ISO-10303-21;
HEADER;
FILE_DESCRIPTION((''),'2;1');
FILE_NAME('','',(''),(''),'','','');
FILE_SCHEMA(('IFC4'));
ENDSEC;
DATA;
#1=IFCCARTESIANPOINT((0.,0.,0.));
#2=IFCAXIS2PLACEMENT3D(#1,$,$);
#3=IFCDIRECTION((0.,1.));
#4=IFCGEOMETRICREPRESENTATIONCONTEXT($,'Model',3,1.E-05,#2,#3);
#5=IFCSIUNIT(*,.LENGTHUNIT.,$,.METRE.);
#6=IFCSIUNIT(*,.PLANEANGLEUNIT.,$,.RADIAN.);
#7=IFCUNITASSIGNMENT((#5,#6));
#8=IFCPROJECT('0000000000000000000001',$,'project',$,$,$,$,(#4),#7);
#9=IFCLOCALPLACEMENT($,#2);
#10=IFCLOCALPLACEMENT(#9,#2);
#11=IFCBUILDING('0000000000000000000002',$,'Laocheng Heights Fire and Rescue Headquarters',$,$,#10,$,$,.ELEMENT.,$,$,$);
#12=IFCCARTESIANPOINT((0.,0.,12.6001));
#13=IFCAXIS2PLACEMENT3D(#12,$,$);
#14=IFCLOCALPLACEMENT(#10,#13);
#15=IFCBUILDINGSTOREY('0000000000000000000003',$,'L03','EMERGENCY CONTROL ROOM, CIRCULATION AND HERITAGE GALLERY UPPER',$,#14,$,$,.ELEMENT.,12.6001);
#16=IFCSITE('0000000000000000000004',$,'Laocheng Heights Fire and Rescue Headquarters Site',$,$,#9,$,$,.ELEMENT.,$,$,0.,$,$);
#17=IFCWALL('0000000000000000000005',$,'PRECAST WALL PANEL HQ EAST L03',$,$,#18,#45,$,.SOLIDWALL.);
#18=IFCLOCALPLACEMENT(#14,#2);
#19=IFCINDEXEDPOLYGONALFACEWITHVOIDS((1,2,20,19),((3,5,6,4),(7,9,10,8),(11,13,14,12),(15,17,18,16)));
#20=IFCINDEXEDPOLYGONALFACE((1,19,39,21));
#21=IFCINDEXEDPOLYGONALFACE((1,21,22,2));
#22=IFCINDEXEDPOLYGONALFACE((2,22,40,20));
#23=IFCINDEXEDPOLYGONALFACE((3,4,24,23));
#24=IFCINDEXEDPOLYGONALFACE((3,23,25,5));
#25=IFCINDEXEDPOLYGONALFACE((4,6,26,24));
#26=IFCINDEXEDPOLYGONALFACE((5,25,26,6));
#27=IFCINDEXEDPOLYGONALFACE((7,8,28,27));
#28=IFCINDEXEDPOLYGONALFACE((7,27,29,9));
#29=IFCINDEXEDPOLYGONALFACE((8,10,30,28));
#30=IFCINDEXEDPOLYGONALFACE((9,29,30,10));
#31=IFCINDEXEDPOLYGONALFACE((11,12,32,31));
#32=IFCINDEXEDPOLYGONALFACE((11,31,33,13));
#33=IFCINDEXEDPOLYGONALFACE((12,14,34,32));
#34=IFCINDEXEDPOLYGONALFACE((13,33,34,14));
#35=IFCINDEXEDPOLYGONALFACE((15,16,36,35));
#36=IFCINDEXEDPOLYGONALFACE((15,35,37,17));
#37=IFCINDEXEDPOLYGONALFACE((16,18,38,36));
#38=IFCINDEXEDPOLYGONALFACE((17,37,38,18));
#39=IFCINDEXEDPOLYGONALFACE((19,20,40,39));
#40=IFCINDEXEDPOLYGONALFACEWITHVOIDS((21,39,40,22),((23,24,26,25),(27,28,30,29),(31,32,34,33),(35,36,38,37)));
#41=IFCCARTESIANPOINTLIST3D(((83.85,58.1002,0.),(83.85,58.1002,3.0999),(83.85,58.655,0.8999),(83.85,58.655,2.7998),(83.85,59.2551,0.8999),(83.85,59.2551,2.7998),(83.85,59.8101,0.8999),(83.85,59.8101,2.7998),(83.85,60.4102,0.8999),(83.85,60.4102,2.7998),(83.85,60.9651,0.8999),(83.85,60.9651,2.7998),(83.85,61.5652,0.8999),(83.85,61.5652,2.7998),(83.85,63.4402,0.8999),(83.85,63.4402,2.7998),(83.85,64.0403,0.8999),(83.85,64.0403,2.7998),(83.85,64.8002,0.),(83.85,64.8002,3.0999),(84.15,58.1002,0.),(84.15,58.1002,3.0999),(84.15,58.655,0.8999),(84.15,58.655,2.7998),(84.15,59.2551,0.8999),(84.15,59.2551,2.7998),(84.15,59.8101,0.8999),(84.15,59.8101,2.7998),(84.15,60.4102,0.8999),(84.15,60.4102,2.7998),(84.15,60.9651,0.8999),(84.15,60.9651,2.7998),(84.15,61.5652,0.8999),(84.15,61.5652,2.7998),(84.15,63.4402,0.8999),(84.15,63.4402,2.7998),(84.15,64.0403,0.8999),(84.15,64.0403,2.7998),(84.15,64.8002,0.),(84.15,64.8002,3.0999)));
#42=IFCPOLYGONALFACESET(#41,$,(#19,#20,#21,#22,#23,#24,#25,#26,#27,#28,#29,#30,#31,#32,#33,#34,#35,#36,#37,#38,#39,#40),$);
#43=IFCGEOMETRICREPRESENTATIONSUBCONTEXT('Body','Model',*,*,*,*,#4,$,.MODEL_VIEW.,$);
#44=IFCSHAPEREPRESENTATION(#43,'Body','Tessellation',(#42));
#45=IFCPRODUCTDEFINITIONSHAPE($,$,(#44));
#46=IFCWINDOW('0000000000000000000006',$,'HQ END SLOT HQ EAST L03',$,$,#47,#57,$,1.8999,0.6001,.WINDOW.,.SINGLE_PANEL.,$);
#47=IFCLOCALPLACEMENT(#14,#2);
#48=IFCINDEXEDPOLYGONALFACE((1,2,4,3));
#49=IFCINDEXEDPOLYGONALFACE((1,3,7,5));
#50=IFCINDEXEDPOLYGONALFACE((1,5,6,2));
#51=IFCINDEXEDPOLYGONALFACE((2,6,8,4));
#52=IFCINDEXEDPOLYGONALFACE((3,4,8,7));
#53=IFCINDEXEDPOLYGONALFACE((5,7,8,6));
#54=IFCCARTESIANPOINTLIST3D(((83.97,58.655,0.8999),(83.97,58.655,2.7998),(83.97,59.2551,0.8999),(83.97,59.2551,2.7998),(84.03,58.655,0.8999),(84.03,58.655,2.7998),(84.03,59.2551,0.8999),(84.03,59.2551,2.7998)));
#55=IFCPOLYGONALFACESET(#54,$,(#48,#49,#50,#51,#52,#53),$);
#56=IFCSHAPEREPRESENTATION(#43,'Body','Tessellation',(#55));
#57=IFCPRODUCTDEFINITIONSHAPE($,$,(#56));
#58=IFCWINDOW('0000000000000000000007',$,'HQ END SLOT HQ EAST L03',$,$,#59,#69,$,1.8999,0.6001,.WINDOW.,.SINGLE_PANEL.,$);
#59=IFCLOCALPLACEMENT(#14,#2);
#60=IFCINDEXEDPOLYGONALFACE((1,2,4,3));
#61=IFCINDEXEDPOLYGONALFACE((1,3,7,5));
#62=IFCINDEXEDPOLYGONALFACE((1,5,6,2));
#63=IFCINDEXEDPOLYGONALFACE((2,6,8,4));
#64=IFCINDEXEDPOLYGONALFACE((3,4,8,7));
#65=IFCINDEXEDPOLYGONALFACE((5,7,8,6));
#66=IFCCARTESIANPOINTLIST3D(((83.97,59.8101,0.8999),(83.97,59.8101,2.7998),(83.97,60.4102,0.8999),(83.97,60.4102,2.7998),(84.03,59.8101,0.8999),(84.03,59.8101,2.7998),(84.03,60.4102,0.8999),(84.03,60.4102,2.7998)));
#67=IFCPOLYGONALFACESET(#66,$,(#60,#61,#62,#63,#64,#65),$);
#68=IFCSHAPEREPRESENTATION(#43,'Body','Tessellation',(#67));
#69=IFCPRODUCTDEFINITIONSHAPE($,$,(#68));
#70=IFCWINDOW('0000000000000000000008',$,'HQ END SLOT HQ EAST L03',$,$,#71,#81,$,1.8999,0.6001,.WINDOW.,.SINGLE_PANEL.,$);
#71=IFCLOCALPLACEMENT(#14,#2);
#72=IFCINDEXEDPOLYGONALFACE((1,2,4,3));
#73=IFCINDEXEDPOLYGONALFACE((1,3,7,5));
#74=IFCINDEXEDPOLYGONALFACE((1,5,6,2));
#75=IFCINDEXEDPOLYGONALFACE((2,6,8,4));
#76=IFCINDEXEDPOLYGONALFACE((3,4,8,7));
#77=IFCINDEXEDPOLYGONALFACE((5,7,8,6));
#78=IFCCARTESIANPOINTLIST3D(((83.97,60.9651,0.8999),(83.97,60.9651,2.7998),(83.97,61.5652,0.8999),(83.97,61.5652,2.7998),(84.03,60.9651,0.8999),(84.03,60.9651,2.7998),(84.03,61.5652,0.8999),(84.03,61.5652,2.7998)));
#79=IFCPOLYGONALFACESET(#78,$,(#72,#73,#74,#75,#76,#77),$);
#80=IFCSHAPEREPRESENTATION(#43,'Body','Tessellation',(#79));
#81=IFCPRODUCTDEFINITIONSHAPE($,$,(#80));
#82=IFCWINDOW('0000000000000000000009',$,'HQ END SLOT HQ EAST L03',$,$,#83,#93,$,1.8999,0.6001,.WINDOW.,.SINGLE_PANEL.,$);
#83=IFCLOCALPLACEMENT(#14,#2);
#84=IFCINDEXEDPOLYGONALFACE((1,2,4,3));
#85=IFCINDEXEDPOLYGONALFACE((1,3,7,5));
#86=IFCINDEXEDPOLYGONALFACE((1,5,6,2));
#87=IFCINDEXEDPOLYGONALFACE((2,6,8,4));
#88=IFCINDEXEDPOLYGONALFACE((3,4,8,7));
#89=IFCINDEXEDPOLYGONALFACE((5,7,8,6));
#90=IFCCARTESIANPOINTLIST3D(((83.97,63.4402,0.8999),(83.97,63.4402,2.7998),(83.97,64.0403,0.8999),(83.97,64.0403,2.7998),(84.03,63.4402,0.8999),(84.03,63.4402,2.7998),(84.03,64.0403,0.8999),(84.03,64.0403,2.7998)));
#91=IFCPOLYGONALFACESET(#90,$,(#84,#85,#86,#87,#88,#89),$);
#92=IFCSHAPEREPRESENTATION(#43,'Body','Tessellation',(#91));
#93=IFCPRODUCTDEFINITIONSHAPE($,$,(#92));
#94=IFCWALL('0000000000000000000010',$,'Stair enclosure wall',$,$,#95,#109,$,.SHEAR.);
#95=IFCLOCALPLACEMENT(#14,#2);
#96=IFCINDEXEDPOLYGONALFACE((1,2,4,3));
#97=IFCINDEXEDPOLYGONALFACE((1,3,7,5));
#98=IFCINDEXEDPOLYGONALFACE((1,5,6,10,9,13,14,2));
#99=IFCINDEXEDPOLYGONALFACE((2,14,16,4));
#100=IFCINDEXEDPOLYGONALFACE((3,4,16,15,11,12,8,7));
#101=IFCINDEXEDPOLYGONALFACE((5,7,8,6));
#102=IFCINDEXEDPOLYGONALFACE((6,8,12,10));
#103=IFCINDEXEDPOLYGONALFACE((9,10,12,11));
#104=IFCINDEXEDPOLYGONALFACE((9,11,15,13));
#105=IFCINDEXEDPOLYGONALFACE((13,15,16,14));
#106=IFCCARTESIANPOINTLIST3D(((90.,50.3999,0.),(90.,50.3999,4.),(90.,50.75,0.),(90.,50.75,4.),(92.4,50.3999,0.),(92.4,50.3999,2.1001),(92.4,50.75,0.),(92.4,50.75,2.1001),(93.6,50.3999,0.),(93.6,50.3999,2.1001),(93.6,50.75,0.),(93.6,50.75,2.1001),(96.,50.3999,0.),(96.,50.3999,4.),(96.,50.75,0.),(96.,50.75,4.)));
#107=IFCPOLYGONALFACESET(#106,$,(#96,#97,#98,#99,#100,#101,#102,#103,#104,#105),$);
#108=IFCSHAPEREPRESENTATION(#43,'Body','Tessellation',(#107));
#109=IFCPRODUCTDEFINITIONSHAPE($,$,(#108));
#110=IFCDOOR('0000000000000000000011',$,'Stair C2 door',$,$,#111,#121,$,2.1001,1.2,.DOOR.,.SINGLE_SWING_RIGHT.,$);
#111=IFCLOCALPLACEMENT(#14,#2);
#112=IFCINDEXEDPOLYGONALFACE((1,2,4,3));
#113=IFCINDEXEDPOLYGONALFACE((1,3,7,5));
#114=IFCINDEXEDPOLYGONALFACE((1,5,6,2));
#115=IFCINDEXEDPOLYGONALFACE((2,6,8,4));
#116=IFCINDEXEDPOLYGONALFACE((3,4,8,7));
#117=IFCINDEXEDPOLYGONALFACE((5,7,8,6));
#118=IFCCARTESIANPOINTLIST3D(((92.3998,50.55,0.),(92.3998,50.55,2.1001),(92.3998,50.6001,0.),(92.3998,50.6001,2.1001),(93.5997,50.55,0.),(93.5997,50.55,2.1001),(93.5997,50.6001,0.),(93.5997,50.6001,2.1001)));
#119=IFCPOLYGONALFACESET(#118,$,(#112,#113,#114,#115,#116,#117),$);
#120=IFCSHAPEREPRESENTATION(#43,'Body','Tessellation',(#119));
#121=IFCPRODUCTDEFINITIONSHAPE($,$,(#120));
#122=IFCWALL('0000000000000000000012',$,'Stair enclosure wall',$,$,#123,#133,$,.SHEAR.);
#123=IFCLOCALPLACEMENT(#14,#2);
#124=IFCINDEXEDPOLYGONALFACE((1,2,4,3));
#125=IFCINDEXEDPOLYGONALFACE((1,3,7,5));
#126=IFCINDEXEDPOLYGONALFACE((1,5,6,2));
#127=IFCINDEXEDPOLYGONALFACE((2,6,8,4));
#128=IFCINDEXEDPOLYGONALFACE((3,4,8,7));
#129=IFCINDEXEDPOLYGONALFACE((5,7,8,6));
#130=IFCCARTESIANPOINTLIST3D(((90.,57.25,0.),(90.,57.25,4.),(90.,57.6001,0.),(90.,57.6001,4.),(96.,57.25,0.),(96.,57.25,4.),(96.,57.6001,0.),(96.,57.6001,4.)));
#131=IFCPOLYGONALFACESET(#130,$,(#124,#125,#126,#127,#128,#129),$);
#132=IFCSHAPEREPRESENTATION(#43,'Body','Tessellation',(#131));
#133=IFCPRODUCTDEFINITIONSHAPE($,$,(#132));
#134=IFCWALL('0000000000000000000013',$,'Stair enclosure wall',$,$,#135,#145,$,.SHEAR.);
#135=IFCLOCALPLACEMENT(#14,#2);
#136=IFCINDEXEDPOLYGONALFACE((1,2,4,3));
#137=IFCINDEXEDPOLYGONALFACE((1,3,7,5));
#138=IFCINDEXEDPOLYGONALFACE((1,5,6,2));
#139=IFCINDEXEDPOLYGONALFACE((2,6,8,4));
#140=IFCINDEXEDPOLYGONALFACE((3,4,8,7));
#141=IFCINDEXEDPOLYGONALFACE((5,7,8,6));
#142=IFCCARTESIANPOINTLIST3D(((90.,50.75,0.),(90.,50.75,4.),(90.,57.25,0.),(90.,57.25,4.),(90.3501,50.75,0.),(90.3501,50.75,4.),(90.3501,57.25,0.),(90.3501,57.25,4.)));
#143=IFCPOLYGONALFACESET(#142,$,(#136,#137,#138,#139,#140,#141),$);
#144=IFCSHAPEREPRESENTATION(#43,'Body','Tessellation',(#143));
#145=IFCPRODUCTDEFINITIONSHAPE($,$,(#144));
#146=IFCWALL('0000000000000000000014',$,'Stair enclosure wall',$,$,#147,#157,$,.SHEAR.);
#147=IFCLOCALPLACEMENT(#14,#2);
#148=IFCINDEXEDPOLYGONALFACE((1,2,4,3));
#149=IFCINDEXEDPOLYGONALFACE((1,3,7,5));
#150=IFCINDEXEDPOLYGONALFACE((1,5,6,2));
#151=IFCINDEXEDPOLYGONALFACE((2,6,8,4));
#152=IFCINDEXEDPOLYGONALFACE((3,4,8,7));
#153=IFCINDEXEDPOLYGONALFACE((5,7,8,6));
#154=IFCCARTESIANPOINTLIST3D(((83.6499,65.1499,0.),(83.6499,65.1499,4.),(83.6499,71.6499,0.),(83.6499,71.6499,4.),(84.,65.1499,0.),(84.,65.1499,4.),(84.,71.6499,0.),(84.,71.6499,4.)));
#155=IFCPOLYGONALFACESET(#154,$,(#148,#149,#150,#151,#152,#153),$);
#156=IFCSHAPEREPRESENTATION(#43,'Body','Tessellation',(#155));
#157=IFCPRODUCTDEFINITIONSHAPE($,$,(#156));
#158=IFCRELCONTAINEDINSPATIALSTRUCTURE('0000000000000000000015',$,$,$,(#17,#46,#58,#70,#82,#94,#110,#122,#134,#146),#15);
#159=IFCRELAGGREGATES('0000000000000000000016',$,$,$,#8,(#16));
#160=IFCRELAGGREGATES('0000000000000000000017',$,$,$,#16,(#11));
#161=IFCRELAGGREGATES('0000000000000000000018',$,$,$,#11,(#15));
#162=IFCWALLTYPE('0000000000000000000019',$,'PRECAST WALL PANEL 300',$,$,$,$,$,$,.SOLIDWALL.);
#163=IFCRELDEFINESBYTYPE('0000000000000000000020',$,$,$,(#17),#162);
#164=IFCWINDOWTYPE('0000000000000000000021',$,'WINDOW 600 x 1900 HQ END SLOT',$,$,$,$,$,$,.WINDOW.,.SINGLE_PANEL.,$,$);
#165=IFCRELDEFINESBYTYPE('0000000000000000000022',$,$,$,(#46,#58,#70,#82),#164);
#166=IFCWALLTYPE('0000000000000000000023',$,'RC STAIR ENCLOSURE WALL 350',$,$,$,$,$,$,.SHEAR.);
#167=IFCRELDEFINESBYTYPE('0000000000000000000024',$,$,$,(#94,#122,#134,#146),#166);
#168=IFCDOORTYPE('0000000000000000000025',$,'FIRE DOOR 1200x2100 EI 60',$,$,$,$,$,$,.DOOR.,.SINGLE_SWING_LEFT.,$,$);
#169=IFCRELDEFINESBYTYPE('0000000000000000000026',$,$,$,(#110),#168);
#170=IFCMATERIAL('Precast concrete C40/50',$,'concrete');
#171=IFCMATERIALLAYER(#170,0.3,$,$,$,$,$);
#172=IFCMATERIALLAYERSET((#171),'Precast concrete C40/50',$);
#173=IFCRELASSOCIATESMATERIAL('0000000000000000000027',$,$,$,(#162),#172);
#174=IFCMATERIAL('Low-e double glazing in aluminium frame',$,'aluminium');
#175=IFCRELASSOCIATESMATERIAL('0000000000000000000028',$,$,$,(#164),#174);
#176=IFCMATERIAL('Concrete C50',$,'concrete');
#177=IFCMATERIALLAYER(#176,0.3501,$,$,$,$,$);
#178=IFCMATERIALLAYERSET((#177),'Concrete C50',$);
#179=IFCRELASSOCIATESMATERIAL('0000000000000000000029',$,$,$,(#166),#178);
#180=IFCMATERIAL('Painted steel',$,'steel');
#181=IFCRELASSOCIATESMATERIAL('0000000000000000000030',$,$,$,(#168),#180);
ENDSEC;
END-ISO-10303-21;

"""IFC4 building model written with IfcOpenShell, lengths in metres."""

from ifc_helpers import new_model, si_unit, direction, frame, frame_2d, origin, place, context, subcontext, project, spatial, rectangle, extrude, material, layer, layer_set, type_object, element, fill, save


model = new_model("IFC4")

# Units and contexts
model_context = context("Model", 3, precision=1e-05, world=origin(), true_north=direction((0.0, 1.0)))
body_context = subcontext(model_context, "Body", "Model", "MODEL_VIEW")
ifc_project = project(units=[si_unit("LENGTHUNIT", "METRE"), si_unit("PLANEANGLEUNIT", "RADIAN")], contexts=[model_context])

# Site, building, storey
site_placement = place(None, origin())
site = spatial("IfcSite", under=ifc_project, at=site_placement, Name="Laocheng Heights Fire and Rescue Headquarters Site", CompositionType="ELEMENT", RefElevation=0.0)
building_placement = place(site_placement, origin())
building = spatial("IfcBuilding", under=site, at=building_placement, Name="Laocheng Heights Fire and Rescue Headquarters", CompositionType="ELEMENT")
storey_placement = place(building_placement, frame((0.0, 0.0, 12.6001)))
storey = spatial("IfcBuildingStorey", under=building, at=storey_placement, Name="L03", Description="EMERGENCY CONTROL ROOM, CIRCULATION AND HERITAGE GALLERY UPPER", CompositionType="ELEMENT", Elevation=12.6001)

# Wall, openings, windows
ifc_material_1 = material(Name="Precast concrete C40/50", Category="concrete")
ifc_layer_1 = layer(ifc_material_1, 0.3)
ifc_layer_set_1 = layer_set([ifc_layer_1], Name="Precast concrete C40/50")
wall_type_1 = type_object("IfcWallType", Name="PRECAST WALL PANEL 300", PredefinedType="SOLIDWALL", material=ifc_layer_set_1)
ifc_material_2 = material(Name="Low-e double glazing in aluminium frame", Category="aluminium")
window_type = type_object("IfcWindowType", Name="WINDOW 600 x 1900 HQ END SLOT", PartitioningType="SINGLE_PANEL", PredefinedType="WINDOW", material=ifc_material_2)
wall_1_placement = place(storey_placement, frame((84.0, 58.1001, 0.0), z_axis=(0.0, 0.0, 1.0), x_axis=(0.0, 1.0, 0.0)))
wall_1 = element("IfcWall", 1, at=wall_1_placement, inside=storey, type_object=wall_type_1, Name="PRECAST WALL PANEL HQ EAST L03", PredefinedType="SOLIDWALL", context=body_context, shape_type="SweptSolid", body=[
    extrude(rectangle(XDim=6.7, YDim=0.3, at=frame_2d((3.3501, 0.0))), origin(), (0.0, 0.0, 1.0), 3.0999),
])
opening_1_placement = place(wall_1_placement, frame((0.5549, 0.0, 0.8999)))
opening_1 = element("IfcOpeningElement", 2, at=opening_1_placement, cuts=wall_1, PredefinedType="OPENING", context=body_context, shape_type="SweptSolid", body=[
    extrude(rectangle(XDim=0.6001, YDim=1.8999, at=frame_2d((0.3, 0.95))), frame((0.0, 0.1599, 0.0), z_axis=(0.0, -1.0, 0.0), x_axis=(1.0, 0.0, 0.0)), (0.0, 0.0, 1.0), 0.3201),
])
opening_2_placement = place(wall_1_placement, frame((1.71, 0.0, 0.8999)))
opening_2 = element("IfcOpeningElement", 3, at=opening_2_placement, cuts=wall_1, PredefinedType="OPENING", context=body_context, shape_type="SweptSolid", body=[
    extrude(rectangle(XDim=0.6001, YDim=1.8999, at=frame_2d((0.3, 0.95))), frame((0.0, 0.1599, 0.0), z_axis=(0.0, -1.0, 0.0), x_axis=(1.0, 0.0, 0.0)), (0.0, 0.0, 1.0), 0.3201),
])
opening_3_placement = place(wall_1_placement, frame((2.865, 0.0, 0.8999)))
opening_3 = element("IfcOpeningElement", 4, at=opening_3_placement, cuts=wall_1, PredefinedType="OPENING", context=body_context, shape_type="SweptSolid", body=[
    extrude(rectangle(XDim=0.6001, YDim=1.8999, at=frame_2d((0.3, 0.95))), frame((0.0, 0.1599, 0.0), z_axis=(0.0, -1.0, 0.0), x_axis=(1.0, 0.0, 0.0)), (0.0, 0.0, 1.0), 0.3201),
])
opening_4_placement = place(wall_1_placement, frame((5.3401, 0.0, 0.8999)))
opening_4 = element("IfcOpeningElement", 5, at=opening_4_placement, cuts=wall_1, PredefinedType="OPENING", context=body_context, shape_type="SweptSolid", body=[
    extrude(rectangle(XDim=0.6001, YDim=1.8999, at=frame_2d((0.3, 0.95))), frame((0.0, 0.1599, 0.0), z_axis=(0.0, -1.0, 0.0), x_axis=(1.0, 0.0, 0.0)), (0.0, 0.0, 1.0), 0.3201),
])
window_1_placement = place(opening_1_placement, origin())
window_1 = element("IfcWindow", 6, at=window_1_placement, inside=storey, type_object=window_type, Name="HQ END SLOT HQ EAST L03", OverallHeight=1.8999, OverallWidth=0.6001, PartitioningType="SINGLE_PANEL", PredefinedType="WINDOW", context=body_context, shape_type="SweptSolid", body=[
    extrude(rectangle(XDim=0.6001, YDim=1.8999, at=frame_2d((0.3, 0.95))), frame((0.0, 0.03, 0.0), z_axis=(0.0, -1.0, 0.0), x_axis=(1.0, 0.0, 0.0)), (0.0, 0.0, 1.0), 0.0601),
])
fill(opening_1, window_1)
window_2_placement = place(opening_2_placement, origin())
window_2 = element("IfcWindow", 7, at=window_2_placement, inside=storey, type_object=window_type, Name="HQ END SLOT HQ EAST L03", OverallHeight=1.8999, OverallWidth=0.6001, PartitioningType="SINGLE_PANEL", PredefinedType="WINDOW", context=body_context, shape_type="SweptSolid", body=[
    extrude(rectangle(XDim=0.6001, YDim=1.8999, at=frame_2d((0.3, 0.95))), frame((0.0, 0.03, 0.0), z_axis=(0.0, -1.0, 0.0), x_axis=(1.0, 0.0, 0.0)), (0.0, 0.0, 1.0), 0.0601),
])
fill(opening_2, window_2)
window_3_placement = place(opening_3_placement, origin())
window_3 = element("IfcWindow", 8, at=window_3_placement, inside=storey, type_object=window_type, Name="HQ END SLOT HQ EAST L03", OverallHeight=1.8999, OverallWidth=0.6001, PartitioningType="SINGLE_PANEL", PredefinedType="WINDOW", context=body_context, shape_type="SweptSolid", body=[
    extrude(rectangle(XDim=0.6001, YDim=1.8999, at=frame_2d((0.3, 0.95))), frame((0.0, 0.03, 0.0), z_axis=(0.0, -1.0, 0.0), x_axis=(1.0, 0.0, 0.0)), (0.0, 0.0, 1.0), 0.0601),
])
fill(opening_3, window_3)
window_4_placement = place(opening_4_placement, origin())
window_4 = element("IfcWindow", 9, at=window_4_placement, inside=storey, type_object=window_type, Name="HQ END SLOT HQ EAST L03", OverallHeight=1.8999, OverallWidth=0.6001, PartitioningType="SINGLE_PANEL", PredefinedType="WINDOW", context=body_context, shape_type="SweptSolid", body=[
    extrude(rectangle(XDim=0.6001, YDim=1.8999, at=frame_2d((0.3, 0.95))), frame((0.0, 0.03, 0.0), z_axis=(0.0, -1.0, 0.0), x_axis=(1.0, 0.0, 0.0)), (0.0, 0.0, 1.0), 0.0601),
])
fill(opening_4, window_4)

# Wall, opening, door
ifc_material_3 = material(Name="Concrete C50", Category="concrete")
ifc_layer_2 = layer(ifc_material_3, 0.3501)
ifc_layer_set_2 = layer_set([ifc_layer_2], Name="Concrete C50")
wall_type_2 = type_object("IfcWallType", Name="RC STAIR ENCLOSURE WALL 350", PredefinedType="SHEAR", material=ifc_layer_set_2)
wall_2_placement = place(storey_placement, frame((90.0, 50.575, 0.0), z_axis=(0.0, 0.0, 1.0), x_axis=(1.0, 0.0, 0.0)))
wall_2 = element("IfcWall", 10, at=wall_2_placement, inside=storey, type_object=wall_type_2, Name="Stair enclosure wall", PredefinedType="SHEAR", context=body_context, shape_type="SweptSolid", body=[
    extrude(rectangle(XDim=6.0, YDim=0.3501, at=frame_2d((3.0, 0.0))), origin(), (0.0, 0.0, 1.0), 4.0),
])
opening_5_placement = place(wall_2_placement, frame((2.3999, 0.0, 0.0)))
opening_5 = element("IfcOpeningElement", 11, at=opening_5_placement, cuts=wall_2, PredefinedType="OPENING", context=body_context, shape_type="SweptSolid", body=[
    extrude(rectangle(XDim=1.2, YDim=2.1001, at=frame_2d((0.6001, 1.05))), frame((0.0, 0.1851, 0.0), z_axis=(0.0, -1.0, 0.0), x_axis=(1.0, 0.0, 0.0)), (0.0, 0.0, 1.0), 0.3701),
])
ifc_material_4 = material(Name="Painted steel", Category="steel")
door_type = type_object("IfcDoorType", Name="FIRE DOOR 1200x2100 EI 60", OperationType="SINGLE_SWING_LEFT", PredefinedType="DOOR", material=ifc_material_4)
door_placement = place(opening_5_placement, frame((1.2, 0.0, 0.0), z_axis=(0.0, 0.0, 1.0), x_axis=(-1.0, 0.0, 0.0)))
door = element("IfcDoor", 12, at=door_placement, inside=storey, type_object=door_type, Name="Stair C2 door", OperationType="SINGLE_SWING_RIGHT", OverallHeight=2.1001, OverallWidth=1.2, PredefinedType="DOOR", context=body_context, shape_type="SweptSolid", body=[
    extrude(rectangle(XDim=1.2, YDim=2.1001, at=frame_2d((0.6001, 1.05))), frame((0.0, 0.0249, 0.0), z_axis=(0.0, -1.0, 0.0), x_axis=(1.0, 0.0, 0.0)), (0.0, 0.0, 1.0), 0.05),
])
fill(opening_5, door)

# Walls
wall_3_placement = place(storey_placement, frame((90.0, 57.425, 0.0), z_axis=(0.0, 0.0, 1.0), x_axis=(1.0, 0.0, 0.0)))
element("IfcWall", 13, at=wall_3_placement, inside=storey, type_object=wall_type_2, Name="Stair enclosure wall", PredefinedType="SHEAR", context=body_context, shape_type="SweptSolid", body=[
    extrude(rectangle(XDim=6.0, YDim=0.3501, at=frame_2d((3.0, 0.0))), origin(), (0.0, 0.0, 1.0), 4.0),
])
for number, where, z_axis, x_axis, name in (
    (14, (90.175, 50.75, 0.0), (0.0, 0.0, 1.0), (0.0, 1.0, 0.0), "Stair enclosure wall"),
    (15, (83.825, 65.1499, 0.0), (0.0, 0.0, 1.0), (0.0, 1.0, 0.0), "Stair enclosure wall"),
):
    element("IfcWall", number, at=place(storey_placement, frame(where, z_axis=z_axis, x_axis=x_axis)), inside=storey, type_object=wall_type_2, Name=name, PredefinedType="SHEAR", context=body_context, shape_type="SweptSolid", body=[
        extrude(rectangle(XDim=6.5, YDim=0.3501, at=frame_2d((3.25, 0.0))), origin(), (0.0, 0.0, 1.0), 4.0),
    ])

save(model, "model.ifc")
